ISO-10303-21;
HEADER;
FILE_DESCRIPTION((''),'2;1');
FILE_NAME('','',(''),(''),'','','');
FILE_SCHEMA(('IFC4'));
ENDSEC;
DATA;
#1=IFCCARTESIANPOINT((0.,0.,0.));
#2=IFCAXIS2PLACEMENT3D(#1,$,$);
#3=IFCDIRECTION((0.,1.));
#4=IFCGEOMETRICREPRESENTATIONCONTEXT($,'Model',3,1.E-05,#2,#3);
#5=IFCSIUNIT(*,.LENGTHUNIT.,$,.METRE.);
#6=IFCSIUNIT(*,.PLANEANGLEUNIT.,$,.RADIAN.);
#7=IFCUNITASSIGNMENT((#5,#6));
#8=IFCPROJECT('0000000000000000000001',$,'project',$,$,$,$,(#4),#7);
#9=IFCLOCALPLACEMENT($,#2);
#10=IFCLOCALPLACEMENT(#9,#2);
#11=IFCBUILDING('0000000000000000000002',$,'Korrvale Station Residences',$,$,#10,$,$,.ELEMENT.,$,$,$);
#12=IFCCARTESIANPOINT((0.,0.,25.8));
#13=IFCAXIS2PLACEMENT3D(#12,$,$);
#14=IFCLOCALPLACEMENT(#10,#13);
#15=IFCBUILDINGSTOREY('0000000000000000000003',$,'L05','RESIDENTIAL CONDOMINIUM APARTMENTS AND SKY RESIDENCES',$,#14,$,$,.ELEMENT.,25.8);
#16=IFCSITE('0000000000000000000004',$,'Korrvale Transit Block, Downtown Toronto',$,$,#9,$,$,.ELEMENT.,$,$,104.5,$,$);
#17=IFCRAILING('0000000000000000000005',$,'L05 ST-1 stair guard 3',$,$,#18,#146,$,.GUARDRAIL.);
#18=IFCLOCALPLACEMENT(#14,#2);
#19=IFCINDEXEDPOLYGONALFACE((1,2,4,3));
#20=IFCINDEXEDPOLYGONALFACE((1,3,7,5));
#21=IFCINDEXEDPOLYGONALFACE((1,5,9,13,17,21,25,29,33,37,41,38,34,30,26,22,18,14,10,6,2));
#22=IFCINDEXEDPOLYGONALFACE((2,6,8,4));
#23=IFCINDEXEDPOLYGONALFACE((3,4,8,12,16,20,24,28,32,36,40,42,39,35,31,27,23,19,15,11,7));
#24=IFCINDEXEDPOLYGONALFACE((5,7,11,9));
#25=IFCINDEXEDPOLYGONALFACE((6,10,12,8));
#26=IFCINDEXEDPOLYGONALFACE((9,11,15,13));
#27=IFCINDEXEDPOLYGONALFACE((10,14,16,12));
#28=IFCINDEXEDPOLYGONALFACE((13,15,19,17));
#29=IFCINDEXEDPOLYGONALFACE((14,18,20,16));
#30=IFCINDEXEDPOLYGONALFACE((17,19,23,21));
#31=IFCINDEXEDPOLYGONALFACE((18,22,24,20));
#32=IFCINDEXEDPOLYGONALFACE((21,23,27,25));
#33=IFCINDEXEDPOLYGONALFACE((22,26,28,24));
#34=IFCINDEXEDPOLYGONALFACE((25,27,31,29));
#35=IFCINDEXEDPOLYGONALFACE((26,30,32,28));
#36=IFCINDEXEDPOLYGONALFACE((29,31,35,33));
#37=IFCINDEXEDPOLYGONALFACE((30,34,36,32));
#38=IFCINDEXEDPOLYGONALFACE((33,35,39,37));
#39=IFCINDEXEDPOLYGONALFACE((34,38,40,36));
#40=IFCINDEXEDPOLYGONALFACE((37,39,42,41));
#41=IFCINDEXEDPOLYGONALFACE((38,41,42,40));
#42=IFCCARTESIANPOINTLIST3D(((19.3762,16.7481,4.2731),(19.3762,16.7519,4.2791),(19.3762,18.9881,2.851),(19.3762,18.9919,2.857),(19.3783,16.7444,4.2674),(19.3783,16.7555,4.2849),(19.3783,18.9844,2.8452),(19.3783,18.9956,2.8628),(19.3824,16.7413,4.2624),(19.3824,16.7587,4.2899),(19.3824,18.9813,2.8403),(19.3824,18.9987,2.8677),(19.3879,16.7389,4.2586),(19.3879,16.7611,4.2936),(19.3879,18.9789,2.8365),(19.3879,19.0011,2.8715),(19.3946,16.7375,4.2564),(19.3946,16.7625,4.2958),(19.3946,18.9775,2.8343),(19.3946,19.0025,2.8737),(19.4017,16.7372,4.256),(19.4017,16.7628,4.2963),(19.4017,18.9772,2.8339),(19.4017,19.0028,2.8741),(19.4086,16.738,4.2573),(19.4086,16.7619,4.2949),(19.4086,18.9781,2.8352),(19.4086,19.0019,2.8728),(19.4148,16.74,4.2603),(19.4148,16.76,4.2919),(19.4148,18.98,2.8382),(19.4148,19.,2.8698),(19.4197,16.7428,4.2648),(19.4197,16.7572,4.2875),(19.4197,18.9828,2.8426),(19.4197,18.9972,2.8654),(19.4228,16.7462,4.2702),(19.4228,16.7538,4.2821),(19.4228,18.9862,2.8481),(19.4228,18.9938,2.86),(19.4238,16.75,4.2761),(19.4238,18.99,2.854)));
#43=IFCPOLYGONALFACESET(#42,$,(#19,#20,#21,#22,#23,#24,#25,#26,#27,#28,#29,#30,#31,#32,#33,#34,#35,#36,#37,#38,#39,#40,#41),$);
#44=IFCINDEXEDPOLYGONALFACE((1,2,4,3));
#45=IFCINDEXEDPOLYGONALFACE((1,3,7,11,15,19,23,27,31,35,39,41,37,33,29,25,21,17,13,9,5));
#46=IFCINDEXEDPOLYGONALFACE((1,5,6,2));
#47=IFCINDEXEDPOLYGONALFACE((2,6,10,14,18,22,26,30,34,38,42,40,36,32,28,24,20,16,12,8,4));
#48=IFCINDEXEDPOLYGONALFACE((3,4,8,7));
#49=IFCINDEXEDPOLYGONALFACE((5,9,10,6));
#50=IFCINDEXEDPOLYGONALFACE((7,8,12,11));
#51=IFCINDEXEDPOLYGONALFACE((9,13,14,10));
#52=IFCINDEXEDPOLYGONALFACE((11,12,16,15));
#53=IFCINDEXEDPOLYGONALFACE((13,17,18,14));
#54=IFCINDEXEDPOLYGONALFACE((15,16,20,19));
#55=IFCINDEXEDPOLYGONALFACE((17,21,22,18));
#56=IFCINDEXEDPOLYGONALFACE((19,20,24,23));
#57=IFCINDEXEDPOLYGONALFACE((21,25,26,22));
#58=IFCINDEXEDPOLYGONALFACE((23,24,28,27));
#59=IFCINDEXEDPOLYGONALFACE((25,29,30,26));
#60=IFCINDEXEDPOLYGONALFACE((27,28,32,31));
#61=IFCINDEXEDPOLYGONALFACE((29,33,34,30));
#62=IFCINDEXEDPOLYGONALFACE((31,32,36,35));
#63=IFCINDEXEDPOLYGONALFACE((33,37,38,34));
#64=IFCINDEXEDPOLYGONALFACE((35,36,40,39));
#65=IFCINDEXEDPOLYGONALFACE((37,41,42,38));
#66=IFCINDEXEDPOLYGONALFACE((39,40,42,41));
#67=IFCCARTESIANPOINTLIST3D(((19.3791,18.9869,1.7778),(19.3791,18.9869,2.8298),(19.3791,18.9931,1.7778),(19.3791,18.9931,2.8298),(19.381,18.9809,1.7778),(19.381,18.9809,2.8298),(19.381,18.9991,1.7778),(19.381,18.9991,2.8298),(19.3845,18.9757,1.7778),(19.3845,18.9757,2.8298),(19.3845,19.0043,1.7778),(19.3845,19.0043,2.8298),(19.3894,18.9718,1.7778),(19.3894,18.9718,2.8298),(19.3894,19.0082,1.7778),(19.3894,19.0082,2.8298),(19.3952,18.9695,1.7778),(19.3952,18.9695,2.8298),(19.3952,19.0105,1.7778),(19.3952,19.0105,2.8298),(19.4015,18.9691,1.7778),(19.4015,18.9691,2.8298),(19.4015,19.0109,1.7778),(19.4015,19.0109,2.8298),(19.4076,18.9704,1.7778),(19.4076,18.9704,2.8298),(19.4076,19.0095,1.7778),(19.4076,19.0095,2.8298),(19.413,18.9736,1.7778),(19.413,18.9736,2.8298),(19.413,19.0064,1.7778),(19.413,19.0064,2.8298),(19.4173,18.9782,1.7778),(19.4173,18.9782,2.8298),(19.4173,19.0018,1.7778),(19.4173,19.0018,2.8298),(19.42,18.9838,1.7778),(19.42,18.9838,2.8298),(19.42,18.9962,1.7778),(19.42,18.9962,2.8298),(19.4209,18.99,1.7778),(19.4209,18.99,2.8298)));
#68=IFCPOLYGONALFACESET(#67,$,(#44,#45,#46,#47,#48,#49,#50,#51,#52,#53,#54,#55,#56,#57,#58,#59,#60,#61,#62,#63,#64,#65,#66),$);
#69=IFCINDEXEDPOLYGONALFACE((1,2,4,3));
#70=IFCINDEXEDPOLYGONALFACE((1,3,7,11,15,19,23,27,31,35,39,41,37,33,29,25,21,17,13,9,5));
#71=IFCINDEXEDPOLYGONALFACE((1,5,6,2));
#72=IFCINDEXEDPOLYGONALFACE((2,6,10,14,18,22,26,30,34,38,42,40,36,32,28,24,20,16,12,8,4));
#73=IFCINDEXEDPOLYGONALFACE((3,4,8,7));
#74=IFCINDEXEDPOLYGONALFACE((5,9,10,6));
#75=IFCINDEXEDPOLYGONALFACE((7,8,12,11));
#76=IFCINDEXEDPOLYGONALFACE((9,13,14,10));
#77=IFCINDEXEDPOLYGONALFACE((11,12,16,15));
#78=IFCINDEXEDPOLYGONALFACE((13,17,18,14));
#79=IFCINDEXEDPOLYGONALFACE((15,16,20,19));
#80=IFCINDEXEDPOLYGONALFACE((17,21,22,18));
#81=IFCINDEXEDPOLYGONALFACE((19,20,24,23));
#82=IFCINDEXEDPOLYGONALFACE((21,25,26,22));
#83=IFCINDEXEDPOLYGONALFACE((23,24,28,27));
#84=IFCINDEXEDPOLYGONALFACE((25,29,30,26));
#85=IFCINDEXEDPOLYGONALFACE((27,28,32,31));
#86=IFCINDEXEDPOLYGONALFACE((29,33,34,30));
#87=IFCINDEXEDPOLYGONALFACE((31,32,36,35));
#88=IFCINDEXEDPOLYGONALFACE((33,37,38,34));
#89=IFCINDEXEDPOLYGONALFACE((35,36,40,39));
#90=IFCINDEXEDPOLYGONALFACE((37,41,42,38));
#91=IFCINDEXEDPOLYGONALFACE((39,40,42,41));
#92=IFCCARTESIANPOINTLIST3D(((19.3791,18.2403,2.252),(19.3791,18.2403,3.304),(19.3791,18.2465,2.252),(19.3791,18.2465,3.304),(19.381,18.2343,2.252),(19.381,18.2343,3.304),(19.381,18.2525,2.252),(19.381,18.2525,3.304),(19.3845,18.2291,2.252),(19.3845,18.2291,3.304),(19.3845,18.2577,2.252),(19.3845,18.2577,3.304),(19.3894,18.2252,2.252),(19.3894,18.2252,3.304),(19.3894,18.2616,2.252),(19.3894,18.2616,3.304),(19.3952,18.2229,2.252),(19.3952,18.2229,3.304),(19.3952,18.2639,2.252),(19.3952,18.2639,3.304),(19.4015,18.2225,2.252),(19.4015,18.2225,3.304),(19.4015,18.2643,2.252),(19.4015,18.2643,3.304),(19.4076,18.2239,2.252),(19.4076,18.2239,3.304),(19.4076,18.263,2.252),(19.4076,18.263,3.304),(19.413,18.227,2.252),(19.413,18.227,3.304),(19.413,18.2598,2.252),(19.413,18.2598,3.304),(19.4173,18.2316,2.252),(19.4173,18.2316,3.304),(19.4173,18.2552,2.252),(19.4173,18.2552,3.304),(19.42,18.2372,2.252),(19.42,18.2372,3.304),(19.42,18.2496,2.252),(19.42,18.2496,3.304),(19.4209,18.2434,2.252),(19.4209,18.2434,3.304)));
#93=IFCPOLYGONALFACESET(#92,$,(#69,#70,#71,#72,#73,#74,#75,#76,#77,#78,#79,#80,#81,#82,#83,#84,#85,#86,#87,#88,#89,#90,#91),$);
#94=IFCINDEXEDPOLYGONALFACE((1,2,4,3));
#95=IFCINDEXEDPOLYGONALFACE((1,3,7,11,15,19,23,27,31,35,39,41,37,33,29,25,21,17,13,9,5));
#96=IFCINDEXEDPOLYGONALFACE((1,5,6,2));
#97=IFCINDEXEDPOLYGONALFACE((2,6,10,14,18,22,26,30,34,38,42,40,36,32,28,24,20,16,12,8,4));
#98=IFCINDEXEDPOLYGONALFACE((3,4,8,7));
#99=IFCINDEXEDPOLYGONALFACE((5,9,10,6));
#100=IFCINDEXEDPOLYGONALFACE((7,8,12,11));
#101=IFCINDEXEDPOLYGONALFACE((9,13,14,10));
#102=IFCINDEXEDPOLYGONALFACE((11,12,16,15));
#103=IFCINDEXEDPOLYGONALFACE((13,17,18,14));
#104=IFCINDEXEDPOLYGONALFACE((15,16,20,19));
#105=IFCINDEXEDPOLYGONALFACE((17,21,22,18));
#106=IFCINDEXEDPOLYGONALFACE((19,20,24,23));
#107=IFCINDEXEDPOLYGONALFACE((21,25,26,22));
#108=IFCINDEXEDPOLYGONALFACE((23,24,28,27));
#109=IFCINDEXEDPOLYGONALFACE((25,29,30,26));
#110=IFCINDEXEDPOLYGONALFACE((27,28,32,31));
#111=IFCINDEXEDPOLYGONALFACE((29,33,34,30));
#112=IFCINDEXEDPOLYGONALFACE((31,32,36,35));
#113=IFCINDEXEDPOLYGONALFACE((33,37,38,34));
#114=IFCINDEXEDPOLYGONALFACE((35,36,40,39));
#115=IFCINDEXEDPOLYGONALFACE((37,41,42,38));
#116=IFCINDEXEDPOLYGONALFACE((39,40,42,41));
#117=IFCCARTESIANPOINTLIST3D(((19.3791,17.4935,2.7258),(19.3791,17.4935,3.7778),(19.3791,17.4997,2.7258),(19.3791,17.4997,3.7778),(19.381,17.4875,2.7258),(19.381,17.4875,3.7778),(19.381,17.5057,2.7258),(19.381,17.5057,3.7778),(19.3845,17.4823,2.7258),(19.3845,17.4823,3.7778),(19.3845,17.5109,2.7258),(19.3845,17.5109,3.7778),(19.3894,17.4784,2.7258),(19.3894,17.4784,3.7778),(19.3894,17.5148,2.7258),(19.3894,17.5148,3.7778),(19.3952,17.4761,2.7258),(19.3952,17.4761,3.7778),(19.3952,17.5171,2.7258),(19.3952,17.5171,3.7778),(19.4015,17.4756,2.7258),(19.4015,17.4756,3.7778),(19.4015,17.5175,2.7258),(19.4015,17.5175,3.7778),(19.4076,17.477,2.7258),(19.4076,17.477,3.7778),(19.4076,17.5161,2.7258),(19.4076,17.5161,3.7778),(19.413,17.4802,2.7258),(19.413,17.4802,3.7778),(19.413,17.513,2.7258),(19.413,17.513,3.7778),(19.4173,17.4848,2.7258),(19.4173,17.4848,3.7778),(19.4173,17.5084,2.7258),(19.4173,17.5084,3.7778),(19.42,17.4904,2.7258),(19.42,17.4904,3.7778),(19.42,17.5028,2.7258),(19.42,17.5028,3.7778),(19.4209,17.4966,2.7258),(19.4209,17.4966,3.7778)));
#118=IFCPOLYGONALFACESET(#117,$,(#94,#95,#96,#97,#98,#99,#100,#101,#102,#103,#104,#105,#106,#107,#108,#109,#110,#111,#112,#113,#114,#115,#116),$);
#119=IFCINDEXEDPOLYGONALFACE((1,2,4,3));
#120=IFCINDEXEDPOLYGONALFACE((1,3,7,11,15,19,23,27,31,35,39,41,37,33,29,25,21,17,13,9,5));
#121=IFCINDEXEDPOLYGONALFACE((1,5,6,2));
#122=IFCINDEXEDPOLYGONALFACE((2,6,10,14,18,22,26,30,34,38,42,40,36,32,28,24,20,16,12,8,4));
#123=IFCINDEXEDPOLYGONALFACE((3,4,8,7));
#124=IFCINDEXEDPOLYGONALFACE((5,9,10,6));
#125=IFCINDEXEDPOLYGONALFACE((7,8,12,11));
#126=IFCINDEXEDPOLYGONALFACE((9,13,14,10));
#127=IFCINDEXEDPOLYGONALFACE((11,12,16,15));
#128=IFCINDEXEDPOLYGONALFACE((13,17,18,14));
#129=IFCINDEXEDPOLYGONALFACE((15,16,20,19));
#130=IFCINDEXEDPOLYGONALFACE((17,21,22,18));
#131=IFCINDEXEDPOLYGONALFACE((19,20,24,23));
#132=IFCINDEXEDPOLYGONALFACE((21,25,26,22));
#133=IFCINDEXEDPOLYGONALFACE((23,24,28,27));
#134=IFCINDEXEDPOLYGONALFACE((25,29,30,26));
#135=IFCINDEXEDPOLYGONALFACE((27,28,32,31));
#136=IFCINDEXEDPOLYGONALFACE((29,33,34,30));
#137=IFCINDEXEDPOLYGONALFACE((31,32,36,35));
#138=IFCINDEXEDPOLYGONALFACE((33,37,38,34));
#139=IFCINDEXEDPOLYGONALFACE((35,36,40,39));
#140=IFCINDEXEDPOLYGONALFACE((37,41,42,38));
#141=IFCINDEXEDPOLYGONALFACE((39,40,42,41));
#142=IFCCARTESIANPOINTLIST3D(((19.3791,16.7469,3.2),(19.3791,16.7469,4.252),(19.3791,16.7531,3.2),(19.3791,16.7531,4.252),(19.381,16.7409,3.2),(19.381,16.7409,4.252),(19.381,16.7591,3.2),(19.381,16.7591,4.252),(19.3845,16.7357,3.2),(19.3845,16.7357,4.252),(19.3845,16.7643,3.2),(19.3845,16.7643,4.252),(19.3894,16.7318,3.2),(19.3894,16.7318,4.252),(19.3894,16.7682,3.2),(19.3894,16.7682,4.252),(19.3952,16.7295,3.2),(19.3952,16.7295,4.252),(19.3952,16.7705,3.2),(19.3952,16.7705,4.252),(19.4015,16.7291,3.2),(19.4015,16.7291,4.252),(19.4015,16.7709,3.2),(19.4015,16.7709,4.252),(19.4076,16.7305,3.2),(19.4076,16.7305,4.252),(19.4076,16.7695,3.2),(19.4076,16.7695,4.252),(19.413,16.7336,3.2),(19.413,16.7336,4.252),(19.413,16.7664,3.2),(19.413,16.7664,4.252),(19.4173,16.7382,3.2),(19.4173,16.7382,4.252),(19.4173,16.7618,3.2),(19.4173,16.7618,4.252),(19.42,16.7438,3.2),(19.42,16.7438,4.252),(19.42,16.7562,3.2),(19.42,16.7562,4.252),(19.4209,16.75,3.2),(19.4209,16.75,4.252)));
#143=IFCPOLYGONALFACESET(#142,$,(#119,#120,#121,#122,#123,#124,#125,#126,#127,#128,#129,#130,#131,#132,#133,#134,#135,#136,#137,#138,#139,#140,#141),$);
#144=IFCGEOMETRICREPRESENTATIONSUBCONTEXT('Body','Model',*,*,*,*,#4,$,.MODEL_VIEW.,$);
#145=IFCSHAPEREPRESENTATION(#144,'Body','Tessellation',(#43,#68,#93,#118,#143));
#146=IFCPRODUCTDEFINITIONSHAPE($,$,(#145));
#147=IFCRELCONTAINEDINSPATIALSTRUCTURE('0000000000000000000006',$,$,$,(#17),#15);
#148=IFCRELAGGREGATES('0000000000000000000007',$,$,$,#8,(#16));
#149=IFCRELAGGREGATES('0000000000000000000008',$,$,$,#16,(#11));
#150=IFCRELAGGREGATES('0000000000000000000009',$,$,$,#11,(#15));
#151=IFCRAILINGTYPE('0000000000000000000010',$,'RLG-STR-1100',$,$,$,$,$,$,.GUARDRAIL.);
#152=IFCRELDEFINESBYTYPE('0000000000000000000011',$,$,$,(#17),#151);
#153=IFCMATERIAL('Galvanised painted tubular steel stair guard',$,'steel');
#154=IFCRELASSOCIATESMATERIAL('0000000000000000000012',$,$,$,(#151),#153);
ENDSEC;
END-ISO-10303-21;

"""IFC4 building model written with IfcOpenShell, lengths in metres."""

from ifc_helpers import new_model, si_unit, direction, frame, origin, origin_2d, place, context, subcontext, project, spatial, circle, extrude, material, type_object, element, save


model = new_model("IFC4")

# Units and contexts
model_context = context("Model", 3, precision=1e-05, world=origin(), true_north=direction((0.0, 1.0)))
body_context = subcontext(model_context, "Body", "Model", "MODEL_VIEW")
ifc_project = project(units=[si_unit("LENGTHUNIT", "METRE"), si_unit("PLANEANGLEUNIT", "RADIAN")], contexts=[model_context])

# Site, building, storey
site_placement = place(None, origin())
site = spatial("IfcSite", under=ifc_project, at=site_placement, Name="Korrvale Transit Block, Downtown Toronto", CompositionType="ELEMENT", RefElevation=104.5)
building_placement = place(site_placement, origin())
building = spatial("IfcBuilding", under=site, at=building_placement, Name="Korrvale Station Residences", CompositionType="ELEMENT")
storey_placement = place(building_placement, frame((0.0, 0.0, 25.8)))
storey = spatial("IfcBuildingStorey", under=building, at=storey_placement, Name="L05", Description="RESIDENTIAL CONDOMINIUM APARTMENTS AND SKY RESIDENCES", CompositionType="ELEMENT", Elevation=25.8)

# Railing
ifc_material_1 = material(Name="Galvanised painted tubular steel stair guard", Category="steel")
railing_type_1 = type_object("IfcRailingType", Name="RLG-STR-1100", PredefinedType="GUARDRAIL", material=ifc_material_1)
railing_1_placement = place(storey_placement, frame((19.3999, 18.99, 1.7778)))
element("IfcRailing", 1, at=railing_1_placement, inside=storey, type_object=railing_type_1, Name="L05 ST-1 stair guard 3", PredefinedType="GUARDRAIL", context=body_context, shape_type="SweptSolid", body=[
    extrude(circle(Radius=0.0239, at=origin_2d()), frame((0.0, 0.0, 1.0762), z_axis=(0.0, -0.844229, 0.535982), x_axis=(1.0, 0.0, 0.0)), (0.0, 0.0, 1.0), 2.6533),
    extrude(circle(Radius=0.021, at=origin_2d()), origin(), (0.0, 0.0, 1.0), 1.052),
    extrude(circle(Radius=0.021, at=origin_2d()), frame((0.0, -0.7466, 0.4741)), (0.0, 0.0, 1.0), 1.052),
    extrude(circle(Radius=0.021, at=origin_2d()), frame((0.0, -1.4934, 0.948)), (0.0, 0.0, 1.0), 1.052),
    extrude(circle(Radius=0.021, at=origin_2d()), frame((0.0, -2.24, 1.4221)), (0.0, 0.0, 1.0), 1.052),
])

save(model, "model.ifc")
